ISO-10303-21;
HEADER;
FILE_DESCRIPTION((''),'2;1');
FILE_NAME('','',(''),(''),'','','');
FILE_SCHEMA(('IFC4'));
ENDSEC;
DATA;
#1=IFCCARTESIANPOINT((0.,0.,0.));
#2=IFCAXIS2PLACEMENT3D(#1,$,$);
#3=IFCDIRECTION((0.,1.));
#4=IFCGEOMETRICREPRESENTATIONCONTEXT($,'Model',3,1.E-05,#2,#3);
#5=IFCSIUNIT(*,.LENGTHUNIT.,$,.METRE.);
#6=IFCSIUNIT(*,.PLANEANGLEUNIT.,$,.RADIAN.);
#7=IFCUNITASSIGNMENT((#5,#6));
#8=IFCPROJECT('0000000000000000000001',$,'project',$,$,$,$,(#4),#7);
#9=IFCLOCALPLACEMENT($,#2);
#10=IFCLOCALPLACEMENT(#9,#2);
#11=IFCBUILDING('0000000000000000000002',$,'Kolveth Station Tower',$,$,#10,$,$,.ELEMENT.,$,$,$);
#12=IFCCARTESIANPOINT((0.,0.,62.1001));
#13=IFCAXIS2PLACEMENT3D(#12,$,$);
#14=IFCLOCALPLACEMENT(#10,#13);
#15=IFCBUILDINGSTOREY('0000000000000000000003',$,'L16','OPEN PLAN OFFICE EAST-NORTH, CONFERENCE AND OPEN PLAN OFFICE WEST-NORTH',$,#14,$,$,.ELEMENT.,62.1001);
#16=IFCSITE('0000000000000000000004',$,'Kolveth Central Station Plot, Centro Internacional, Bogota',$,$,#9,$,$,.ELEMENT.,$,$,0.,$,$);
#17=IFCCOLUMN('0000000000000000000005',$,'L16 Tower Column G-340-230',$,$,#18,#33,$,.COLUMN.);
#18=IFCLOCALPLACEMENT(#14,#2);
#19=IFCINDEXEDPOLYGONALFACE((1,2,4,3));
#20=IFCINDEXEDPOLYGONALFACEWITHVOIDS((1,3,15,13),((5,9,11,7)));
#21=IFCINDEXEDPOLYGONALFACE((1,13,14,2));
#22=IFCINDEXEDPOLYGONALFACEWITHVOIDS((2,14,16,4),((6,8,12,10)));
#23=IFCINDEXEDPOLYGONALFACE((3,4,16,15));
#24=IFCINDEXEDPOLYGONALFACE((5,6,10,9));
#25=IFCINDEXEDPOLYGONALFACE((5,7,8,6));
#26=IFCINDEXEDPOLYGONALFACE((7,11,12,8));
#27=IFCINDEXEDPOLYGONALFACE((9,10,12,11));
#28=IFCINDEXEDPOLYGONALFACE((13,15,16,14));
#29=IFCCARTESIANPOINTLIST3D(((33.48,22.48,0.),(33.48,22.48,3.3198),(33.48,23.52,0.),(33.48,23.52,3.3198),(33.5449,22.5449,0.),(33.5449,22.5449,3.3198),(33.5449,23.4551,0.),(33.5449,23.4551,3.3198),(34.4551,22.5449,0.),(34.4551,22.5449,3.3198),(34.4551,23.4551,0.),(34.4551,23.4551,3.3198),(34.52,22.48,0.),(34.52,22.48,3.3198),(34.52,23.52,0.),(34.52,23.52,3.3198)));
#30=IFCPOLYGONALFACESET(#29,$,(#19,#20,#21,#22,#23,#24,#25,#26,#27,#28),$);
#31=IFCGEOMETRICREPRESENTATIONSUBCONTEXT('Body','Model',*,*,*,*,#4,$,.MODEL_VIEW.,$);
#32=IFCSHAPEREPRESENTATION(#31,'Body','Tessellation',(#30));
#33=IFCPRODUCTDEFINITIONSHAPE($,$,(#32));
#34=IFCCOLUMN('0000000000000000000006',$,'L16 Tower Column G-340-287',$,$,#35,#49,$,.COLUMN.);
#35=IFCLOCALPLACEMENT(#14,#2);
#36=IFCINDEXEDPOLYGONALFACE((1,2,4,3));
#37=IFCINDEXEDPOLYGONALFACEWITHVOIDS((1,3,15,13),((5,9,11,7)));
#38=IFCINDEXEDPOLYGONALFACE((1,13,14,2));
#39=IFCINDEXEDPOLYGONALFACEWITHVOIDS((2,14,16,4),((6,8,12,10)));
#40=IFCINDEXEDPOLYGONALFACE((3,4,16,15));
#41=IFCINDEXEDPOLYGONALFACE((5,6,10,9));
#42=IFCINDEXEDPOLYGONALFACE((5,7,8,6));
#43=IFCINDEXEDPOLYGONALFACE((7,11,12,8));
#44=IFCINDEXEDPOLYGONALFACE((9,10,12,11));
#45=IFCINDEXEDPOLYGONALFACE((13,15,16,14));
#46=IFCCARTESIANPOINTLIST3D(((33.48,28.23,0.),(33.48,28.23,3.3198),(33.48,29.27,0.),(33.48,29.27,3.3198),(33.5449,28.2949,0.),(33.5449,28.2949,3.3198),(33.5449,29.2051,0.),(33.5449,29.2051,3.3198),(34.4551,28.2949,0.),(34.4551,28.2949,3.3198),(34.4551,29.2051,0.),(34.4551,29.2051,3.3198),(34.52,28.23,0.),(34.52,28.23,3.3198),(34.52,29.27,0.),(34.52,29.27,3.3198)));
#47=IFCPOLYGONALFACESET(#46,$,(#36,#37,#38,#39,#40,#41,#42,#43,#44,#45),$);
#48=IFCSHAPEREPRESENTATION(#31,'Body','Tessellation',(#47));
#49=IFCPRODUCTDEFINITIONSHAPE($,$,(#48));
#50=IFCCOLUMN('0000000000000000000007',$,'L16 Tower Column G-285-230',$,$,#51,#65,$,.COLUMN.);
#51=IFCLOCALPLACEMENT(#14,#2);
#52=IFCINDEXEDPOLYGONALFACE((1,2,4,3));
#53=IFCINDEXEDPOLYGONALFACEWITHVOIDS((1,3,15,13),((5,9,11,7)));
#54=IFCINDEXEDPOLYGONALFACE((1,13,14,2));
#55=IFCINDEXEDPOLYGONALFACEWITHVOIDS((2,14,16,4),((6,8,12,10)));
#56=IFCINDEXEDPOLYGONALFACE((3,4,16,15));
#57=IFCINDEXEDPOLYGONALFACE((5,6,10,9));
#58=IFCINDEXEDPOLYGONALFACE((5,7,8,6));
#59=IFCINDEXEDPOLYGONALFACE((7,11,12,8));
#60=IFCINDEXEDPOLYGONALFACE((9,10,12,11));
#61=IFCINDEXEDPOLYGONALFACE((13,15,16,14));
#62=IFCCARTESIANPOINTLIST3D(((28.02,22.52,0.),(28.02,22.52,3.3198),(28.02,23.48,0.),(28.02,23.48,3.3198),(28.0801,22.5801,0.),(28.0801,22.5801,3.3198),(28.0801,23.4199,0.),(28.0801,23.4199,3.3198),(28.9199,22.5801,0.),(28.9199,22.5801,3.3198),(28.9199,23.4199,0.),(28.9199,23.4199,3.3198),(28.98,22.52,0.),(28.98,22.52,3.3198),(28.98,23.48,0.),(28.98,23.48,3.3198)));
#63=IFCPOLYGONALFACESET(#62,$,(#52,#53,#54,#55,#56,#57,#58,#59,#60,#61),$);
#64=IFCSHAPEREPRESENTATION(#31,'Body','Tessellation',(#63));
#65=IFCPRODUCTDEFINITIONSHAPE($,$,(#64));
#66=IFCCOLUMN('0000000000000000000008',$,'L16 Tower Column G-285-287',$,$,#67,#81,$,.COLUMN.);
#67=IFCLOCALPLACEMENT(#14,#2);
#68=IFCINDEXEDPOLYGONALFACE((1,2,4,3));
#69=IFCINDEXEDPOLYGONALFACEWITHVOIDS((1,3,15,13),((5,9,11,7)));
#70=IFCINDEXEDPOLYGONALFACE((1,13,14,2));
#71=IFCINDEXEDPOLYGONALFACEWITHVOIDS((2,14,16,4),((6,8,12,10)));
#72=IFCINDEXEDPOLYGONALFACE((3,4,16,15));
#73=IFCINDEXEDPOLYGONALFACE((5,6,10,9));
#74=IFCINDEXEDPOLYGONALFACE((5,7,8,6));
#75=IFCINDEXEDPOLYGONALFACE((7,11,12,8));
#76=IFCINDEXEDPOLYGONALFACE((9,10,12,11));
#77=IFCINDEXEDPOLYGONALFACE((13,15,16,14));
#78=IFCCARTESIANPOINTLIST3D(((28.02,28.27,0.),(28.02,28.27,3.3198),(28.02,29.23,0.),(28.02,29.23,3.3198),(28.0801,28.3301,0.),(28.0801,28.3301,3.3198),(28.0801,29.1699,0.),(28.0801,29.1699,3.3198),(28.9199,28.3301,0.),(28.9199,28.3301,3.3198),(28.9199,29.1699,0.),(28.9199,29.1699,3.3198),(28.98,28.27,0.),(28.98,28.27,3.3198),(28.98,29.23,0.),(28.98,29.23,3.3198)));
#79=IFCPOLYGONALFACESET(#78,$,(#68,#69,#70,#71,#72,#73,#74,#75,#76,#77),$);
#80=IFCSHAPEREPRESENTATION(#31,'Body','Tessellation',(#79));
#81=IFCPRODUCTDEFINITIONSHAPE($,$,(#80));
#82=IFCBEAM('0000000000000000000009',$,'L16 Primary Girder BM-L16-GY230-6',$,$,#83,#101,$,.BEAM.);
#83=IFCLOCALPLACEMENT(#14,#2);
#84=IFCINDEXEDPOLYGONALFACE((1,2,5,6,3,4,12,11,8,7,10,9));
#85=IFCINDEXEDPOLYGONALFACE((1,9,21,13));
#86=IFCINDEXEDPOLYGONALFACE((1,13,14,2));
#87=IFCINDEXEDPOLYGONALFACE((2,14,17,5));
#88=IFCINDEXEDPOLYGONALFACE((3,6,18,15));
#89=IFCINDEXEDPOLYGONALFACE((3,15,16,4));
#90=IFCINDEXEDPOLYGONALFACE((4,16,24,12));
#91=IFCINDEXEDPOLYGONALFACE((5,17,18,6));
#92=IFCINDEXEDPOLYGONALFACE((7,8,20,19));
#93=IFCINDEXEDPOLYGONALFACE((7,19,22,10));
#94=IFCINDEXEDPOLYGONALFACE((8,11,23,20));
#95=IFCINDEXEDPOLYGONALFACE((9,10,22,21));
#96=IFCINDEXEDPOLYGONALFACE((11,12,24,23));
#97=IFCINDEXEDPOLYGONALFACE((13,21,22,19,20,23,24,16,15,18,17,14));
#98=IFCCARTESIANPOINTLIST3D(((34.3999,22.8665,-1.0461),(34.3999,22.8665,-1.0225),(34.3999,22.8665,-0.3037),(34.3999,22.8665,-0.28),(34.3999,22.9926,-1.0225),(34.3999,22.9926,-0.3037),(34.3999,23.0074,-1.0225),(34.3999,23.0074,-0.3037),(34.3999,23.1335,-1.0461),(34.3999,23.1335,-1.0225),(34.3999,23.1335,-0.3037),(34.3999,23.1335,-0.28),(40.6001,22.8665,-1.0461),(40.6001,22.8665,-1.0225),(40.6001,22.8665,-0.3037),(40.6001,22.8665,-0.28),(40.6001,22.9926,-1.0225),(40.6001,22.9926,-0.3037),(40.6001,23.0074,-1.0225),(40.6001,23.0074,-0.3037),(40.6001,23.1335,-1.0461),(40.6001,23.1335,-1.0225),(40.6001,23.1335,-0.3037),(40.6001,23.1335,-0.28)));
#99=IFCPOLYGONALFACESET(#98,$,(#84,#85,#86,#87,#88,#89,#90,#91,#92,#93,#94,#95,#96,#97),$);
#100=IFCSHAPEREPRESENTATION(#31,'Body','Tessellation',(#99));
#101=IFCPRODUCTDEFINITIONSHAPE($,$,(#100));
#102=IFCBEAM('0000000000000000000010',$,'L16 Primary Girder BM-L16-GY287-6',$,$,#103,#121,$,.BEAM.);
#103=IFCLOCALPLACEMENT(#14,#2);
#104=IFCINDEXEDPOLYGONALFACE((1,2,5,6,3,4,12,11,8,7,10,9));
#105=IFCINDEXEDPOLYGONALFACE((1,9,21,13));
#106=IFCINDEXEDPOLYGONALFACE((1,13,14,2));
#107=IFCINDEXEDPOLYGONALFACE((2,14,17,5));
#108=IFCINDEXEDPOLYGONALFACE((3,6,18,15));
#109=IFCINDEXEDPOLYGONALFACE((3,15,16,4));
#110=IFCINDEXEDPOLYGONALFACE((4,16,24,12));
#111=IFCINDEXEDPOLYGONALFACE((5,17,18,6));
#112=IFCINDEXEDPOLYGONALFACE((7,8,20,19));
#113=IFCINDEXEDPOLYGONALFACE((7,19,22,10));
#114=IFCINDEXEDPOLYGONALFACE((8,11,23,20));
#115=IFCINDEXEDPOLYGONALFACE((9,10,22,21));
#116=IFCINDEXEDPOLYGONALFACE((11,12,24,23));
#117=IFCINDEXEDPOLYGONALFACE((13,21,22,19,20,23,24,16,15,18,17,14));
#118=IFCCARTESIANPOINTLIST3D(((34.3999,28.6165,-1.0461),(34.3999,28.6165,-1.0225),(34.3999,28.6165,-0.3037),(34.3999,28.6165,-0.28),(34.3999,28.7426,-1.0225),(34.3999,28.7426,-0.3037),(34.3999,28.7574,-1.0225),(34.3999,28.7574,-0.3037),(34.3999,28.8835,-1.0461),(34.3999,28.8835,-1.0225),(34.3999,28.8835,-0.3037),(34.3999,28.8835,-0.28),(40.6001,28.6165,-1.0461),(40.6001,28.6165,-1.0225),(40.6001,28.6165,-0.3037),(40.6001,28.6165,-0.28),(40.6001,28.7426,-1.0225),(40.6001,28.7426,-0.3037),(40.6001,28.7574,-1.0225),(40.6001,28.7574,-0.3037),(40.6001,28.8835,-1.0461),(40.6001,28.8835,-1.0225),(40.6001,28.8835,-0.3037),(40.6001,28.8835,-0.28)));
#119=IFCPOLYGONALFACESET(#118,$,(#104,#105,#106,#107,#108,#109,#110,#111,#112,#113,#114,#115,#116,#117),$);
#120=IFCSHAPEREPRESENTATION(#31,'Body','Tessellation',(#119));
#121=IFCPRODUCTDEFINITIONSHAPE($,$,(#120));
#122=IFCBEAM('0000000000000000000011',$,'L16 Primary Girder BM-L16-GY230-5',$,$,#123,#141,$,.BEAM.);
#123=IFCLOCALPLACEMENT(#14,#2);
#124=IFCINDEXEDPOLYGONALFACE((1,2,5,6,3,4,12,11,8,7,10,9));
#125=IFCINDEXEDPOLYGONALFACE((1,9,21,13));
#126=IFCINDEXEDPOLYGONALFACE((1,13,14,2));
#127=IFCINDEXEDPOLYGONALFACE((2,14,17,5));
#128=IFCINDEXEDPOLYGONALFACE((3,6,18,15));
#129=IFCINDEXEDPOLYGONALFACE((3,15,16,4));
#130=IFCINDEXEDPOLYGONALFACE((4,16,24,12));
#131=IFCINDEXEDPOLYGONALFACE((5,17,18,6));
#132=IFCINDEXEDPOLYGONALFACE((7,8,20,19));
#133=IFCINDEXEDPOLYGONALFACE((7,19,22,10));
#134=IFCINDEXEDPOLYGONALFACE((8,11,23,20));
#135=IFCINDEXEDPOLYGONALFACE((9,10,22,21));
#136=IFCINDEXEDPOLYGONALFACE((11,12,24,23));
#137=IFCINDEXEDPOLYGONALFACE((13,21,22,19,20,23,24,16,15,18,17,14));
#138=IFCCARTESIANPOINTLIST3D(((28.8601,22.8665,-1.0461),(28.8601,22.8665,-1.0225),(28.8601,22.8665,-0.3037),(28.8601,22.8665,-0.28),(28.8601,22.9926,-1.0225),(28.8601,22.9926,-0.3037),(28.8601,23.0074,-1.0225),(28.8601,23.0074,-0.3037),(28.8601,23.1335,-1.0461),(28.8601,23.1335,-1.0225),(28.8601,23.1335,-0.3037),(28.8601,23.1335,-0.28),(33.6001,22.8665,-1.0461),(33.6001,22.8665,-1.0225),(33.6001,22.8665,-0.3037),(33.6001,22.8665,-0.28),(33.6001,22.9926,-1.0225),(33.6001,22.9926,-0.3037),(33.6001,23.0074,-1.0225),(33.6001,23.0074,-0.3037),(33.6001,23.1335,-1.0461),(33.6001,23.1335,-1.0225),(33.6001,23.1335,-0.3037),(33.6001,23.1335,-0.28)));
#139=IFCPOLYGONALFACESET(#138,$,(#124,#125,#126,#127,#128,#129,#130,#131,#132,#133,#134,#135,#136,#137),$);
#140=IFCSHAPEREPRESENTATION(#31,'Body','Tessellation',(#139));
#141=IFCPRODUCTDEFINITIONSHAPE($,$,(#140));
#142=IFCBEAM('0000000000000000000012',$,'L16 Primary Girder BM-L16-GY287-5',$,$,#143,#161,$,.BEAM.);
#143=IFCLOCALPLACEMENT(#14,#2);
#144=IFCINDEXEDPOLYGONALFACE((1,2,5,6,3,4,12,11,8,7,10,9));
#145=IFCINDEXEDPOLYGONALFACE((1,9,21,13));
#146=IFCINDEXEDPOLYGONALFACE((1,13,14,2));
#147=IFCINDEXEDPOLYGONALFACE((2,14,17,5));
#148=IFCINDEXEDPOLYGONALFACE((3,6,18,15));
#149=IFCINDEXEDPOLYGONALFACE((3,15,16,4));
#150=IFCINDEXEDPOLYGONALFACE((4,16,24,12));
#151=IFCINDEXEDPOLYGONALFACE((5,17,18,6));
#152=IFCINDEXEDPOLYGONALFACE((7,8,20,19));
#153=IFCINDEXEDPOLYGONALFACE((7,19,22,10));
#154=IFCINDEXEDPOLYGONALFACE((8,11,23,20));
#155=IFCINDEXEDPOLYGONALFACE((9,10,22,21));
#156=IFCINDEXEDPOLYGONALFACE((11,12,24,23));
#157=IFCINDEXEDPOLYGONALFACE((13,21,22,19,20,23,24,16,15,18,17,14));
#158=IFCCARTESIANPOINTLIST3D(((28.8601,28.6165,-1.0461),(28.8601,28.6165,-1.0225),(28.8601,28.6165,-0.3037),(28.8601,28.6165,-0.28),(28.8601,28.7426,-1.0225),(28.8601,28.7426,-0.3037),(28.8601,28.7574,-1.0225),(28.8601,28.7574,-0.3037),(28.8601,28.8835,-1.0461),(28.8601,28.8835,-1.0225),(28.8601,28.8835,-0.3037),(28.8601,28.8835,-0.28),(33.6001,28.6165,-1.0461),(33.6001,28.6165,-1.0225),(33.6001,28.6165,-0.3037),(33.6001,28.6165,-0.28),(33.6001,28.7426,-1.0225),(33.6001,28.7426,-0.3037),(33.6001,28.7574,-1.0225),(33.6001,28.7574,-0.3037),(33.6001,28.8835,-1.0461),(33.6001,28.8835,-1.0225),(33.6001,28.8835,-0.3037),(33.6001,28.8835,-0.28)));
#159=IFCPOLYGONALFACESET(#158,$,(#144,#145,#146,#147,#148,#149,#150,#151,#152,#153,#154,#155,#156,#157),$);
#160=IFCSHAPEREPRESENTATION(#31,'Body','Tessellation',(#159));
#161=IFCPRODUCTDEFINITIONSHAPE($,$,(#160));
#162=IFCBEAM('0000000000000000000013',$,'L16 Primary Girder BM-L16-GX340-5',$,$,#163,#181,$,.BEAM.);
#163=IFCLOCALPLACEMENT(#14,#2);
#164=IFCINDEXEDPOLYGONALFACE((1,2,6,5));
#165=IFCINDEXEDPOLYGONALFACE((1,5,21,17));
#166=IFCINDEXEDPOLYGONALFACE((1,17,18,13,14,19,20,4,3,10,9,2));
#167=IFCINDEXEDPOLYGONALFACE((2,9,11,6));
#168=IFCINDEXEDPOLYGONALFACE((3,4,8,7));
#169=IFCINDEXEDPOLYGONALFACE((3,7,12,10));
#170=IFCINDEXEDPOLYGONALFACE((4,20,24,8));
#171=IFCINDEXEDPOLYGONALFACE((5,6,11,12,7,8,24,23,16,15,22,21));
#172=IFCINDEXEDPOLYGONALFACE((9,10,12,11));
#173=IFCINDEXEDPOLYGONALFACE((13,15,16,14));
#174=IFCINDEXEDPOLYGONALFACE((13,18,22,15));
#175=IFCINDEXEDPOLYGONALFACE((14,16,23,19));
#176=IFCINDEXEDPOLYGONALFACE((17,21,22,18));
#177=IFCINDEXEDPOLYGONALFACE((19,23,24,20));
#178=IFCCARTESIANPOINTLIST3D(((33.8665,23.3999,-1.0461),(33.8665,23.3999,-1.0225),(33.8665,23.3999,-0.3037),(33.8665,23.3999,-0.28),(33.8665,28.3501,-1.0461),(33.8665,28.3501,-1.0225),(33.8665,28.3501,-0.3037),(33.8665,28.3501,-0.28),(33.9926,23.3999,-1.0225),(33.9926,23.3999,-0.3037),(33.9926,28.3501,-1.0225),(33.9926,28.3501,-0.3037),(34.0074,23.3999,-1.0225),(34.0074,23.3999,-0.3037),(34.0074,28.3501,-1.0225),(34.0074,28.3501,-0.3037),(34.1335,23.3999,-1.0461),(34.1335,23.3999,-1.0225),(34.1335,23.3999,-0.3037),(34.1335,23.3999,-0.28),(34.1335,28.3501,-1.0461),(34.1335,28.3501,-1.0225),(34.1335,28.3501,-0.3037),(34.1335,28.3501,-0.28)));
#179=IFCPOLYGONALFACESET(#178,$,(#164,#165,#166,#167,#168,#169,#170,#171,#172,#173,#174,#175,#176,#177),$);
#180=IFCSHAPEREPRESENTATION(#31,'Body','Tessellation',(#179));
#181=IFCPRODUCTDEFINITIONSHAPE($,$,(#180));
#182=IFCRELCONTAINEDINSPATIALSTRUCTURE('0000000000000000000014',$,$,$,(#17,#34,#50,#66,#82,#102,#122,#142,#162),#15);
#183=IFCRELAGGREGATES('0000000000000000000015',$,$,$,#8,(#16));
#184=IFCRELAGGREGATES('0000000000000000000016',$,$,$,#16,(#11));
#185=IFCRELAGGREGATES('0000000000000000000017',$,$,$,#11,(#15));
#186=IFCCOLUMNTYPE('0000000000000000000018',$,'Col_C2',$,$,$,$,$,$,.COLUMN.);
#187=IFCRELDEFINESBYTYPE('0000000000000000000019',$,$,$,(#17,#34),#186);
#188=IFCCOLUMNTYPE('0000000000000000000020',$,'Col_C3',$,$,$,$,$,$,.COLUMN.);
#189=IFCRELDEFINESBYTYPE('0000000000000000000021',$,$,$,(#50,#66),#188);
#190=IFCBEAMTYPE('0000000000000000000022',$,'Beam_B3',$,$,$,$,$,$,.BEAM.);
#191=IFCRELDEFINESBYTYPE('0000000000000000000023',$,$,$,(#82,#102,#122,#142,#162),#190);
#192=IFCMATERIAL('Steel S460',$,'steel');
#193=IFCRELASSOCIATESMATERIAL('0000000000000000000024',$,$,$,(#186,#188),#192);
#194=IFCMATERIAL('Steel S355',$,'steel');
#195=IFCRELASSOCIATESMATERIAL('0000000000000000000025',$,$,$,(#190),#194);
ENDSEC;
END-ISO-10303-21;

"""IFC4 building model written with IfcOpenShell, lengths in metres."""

from ifc_helpers import new_model, si_unit, direction, frame, origin, origin_2d, place, context, subcontext, project, spatial, hollow_rectangle, i_section, extrude, source, transform, mapped, material, material_profile, profile_set, type_object, element, save


model = new_model("IFC4")

# Units and contexts
model_context = context("Model", 3, precision=1e-05, world=origin(), true_north=direction((0.0, 1.0)))
body_context = subcontext(model_context, "Body", "Model", "MODEL_VIEW")
ifc_project = project(units=[si_unit("LENGTHUNIT", "METRE"), si_unit("PLANEANGLEUNIT", "RADIAN")], contexts=[model_context])

# Site, building, storey
site_placement = place(None, origin())
site = spatial("IfcSite", under=ifc_project, at=site_placement, Name="Kolveth Central Station Plot, Centro Internacional, Bogota", CompositionType="ELEMENT", RefElevation=0.0)
building_placement = place(site_placement, origin())
building = spatial("IfcBuilding", under=site, at=building_placement, Name="Kolveth Station Tower", CompositionType="ELEMENT")
storey_placement = place(building_placement, frame((0.0, 0.0, 62.1001)))
storey = spatial("IfcBuildingStorey", under=building, at=storey_placement, Name="L16", Description="OPEN PLAN OFFICE EAST-NORTH, CONFERENCE AND OPEN PLAN OFFICE WEST-NORTH", CompositionType="ELEMENT", Elevation=62.1001)

# Columns
ifc_material_1 = material(Name="Steel S460", Category="steel")
ifc_material_profile_1 = material_profile(ifc_material_1, hollow_rectangle(XDim=1.04, YDim=1.04, WallThickness=0.0649, at=origin_2d()), Name="BOX1040x1040x65")
ifc_profile_set_1 = profile_set([ifc_material_profile_1], Name="Steel S460")
column_type_1 = type_object("IfcColumnType", Name="Col_C2", PredefinedType="COLUMN", material=ifc_profile_set_1)
shared_shape_1 = source(origin(), body_context, "Body", "SweptSolid", [
    extrude(hollow_rectangle(XDim=1.04, YDim=1.04, WallThickness=0.0649, at=origin_2d()), origin(), (0.0, 0.0, 1.0), 3.3198),
])
for number, where, z_axis, x_axis, name in (
    (1, (34.0, 23.0, 0.0), (0.0, 0.0, 1.0), (1.0, 0.0, 0.0), "L16 Tower Column G-340-230"),
    (2, (34.0, 28.75, 0.0), (0.0, 0.0, 1.0), (1.0, 0.0, 0.0), "L16 Tower Column G-340-287"),
):
    element("IfcColumn", number, at=place(storey_placement, frame(where, z_axis=z_axis, x_axis=x_axis)), inside=storey, type_object=column_type_1, Name=name, PredefinedType="COLUMN", context=body_context, shape_type="MappedRepresentation", body=[
        mapped(shared_shape_1, transform((0.0, 0.0, 0.0), x_axis=(1.0, 0.0, 0.0), y_axis=(0.0, 1.0, 0.0), z_axis=(0.0, 0.0, 1.0), scale=1.0)),
    ])
ifc_material_profile_2 = material_profile(ifc_material_1, hollow_rectangle(XDim=0.96, YDim=0.96, WallThickness=0.0601, at=origin_2d()), Name="BOX960x960x60")
ifc_profile_set_2 = profile_set([ifc_material_profile_2], Name="Steel S460")
column_type_2 = type_object("IfcColumnType", Name="Col_C3", PredefinedType="COLUMN", material=ifc_profile_set_2)
shared_shape_2 = source(origin(), body_context, "Body", "SweptSolid", [
    extrude(hollow_rectangle(XDim=0.96, YDim=0.96, WallThickness=0.0601, at=origin_2d()), origin(), (0.0, 0.0, 1.0), 3.3198),
])
for number, where, z_axis, x_axis, name in (
    (3, (28.5, 23.0, 0.0), (0.0, 0.0, 1.0), (1.0, 0.0, 0.0), "L16 Tower Column G-285-230"),
    (4, (28.5, 28.75, 0.0), (0.0, 0.0, 1.0), (1.0, 0.0, 0.0), "L16 Tower Column G-285-287"),
):
    element("IfcColumn", number, at=place(storey_placement, frame(where, z_axis=z_axis, x_axis=x_axis)), inside=storey, type_object=column_type_2, Name=name, PredefinedType="COLUMN", context=body_context, shape_type="MappedRepresentation", body=[
        mapped(shared_shape_2, transform((0.0, 0.0, 0.0), x_axis=(1.0, 0.0, 0.0), y_axis=(0.0, 1.0, 0.0), z_axis=(0.0, 0.0, 1.0), scale=1.0)),
    ])

# Beams
ifc_material_2 = material(Name="Steel S355", Category="steel")
ifc_material_profile_3 = material_profile(ifc_material_2, i_section(OverallWidth=0.2671, OverallDepth=0.7661, WebThickness=0.0149, FlangeThickness=0.0237, at=origin_2d()), Name="W760x185")
ifc_profile_set_3 = profile_set([ifc_material_profile_3], Name="Steel S355")
beam_type_1 = type_object("IfcBeamType", Name="Beam_B3", PredefinedType="BEAM", material=ifc_profile_set_3)
shared_shape_3 = source(origin(), body_context, "Body", "SweptSolid", [
    extrude(i_section(OverallWidth=0.2671, OverallDepth=0.7661, WebThickness=0.0149, FlangeThickness=0.0237, at=origin_2d()), origin(), (0.0, 0.0, 1.0), 6.2002),
])
for number, where, z_axis, x_axis, name in (
    (5, (34.3999, 23.0, -0.6631), (1.0, 0.0, 0.0), (0.0, 1.0, 0.0), "L16 Primary Girder BM-L16-GY230-6"),
    (6, (34.3999, 28.75, -0.6631), (1.0, 0.0, 0.0), (0.0, 1.0, 0.0), "L16 Primary Girder BM-L16-GY287-6"),
):
    element("IfcBeam", number, at=place(storey_placement, frame(where, z_axis=z_axis, x_axis=x_axis)), inside=storey, type_object=beam_type_1, Name=name, PredefinedType="BEAM", context=body_context, shape_type="MappedRepresentation", body=[
        mapped(shared_shape_3, transform((0.0, 0.0, 0.0), x_axis=(1.0, 0.0, 0.0), y_axis=(0.0, 1.0, 0.0), z_axis=(0.0, 0.0, 1.0), scale=1.0)),
    ])
shared_shape_4 = source(origin(), body_context, "Body", "SweptSolid", [
    extrude(i_section(OverallWidth=0.2671, OverallDepth=0.7661, WebThickness=0.0149, FlangeThickness=0.0237, at=origin_2d()), origin(), (0.0, 0.0, 1.0), 4.74),
])
for number, where, z_axis, x_axis, name in (
    (7, (28.8601, 23.0, -0.6631), (1.0, 0.0, 0.0), (0.0, 1.0, 0.0), "L16 Primary Girder BM-L16-GY230-5"),
    (8, (28.8601, 28.75, -0.6631), (1.0, 0.0, 0.0), (0.0, 1.0, 0.0), "L16 Primary Girder BM-L16-GY287-5"),
):
    element("IfcBeam", number, at=place(storey_placement, frame(where, z_axis=z_axis, x_axis=x_axis)), inside=storey, type_object=beam_type_1, Name=name, PredefinedType="BEAM", context=body_context, shape_type="MappedRepresentation", body=[
        mapped(shared_shape_4, transform((0.0, 0.0, 0.0), x_axis=(1.0, 0.0, 0.0), y_axis=(0.0, 1.0, 0.0), z_axis=(0.0, 0.0, 1.0), scale=1.0)),
    ])
shared_shape_5 = source(origin(), body_context, "Body", "SweptSolid", [
    extrude(i_section(OverallWidth=0.2671, OverallDepth=0.7661, WebThickness=0.0149, FlangeThickness=0.0237, at=origin_2d()), origin(), (0.0, 0.0, 1.0), 4.9502),
])
beam_1_placement = place(storey_placement, frame((34.0, 23.3999, -0.6631), z_axis=(0.0, 1.0, 0.0), x_axis=(-1.0, 0.0, 0.0)))
element("IfcBeam", 9, at=beam_1_placement, inside=storey, type_object=beam_type_1, Name="L16 Primary Girder BM-L16-GX340-5", PredefinedType="BEAM", context=body_context, shape_type="MappedRepresentation", body=[
    mapped(shared_shape_5, transform((0.0, 0.0, 0.0), x_axis=(1.0, 0.0, 0.0), y_axis=(0.0, 1.0, 0.0), z_axis=(0.0, 0.0, 1.0), scale=1.0)),
])

save(model, "model.ifc")
